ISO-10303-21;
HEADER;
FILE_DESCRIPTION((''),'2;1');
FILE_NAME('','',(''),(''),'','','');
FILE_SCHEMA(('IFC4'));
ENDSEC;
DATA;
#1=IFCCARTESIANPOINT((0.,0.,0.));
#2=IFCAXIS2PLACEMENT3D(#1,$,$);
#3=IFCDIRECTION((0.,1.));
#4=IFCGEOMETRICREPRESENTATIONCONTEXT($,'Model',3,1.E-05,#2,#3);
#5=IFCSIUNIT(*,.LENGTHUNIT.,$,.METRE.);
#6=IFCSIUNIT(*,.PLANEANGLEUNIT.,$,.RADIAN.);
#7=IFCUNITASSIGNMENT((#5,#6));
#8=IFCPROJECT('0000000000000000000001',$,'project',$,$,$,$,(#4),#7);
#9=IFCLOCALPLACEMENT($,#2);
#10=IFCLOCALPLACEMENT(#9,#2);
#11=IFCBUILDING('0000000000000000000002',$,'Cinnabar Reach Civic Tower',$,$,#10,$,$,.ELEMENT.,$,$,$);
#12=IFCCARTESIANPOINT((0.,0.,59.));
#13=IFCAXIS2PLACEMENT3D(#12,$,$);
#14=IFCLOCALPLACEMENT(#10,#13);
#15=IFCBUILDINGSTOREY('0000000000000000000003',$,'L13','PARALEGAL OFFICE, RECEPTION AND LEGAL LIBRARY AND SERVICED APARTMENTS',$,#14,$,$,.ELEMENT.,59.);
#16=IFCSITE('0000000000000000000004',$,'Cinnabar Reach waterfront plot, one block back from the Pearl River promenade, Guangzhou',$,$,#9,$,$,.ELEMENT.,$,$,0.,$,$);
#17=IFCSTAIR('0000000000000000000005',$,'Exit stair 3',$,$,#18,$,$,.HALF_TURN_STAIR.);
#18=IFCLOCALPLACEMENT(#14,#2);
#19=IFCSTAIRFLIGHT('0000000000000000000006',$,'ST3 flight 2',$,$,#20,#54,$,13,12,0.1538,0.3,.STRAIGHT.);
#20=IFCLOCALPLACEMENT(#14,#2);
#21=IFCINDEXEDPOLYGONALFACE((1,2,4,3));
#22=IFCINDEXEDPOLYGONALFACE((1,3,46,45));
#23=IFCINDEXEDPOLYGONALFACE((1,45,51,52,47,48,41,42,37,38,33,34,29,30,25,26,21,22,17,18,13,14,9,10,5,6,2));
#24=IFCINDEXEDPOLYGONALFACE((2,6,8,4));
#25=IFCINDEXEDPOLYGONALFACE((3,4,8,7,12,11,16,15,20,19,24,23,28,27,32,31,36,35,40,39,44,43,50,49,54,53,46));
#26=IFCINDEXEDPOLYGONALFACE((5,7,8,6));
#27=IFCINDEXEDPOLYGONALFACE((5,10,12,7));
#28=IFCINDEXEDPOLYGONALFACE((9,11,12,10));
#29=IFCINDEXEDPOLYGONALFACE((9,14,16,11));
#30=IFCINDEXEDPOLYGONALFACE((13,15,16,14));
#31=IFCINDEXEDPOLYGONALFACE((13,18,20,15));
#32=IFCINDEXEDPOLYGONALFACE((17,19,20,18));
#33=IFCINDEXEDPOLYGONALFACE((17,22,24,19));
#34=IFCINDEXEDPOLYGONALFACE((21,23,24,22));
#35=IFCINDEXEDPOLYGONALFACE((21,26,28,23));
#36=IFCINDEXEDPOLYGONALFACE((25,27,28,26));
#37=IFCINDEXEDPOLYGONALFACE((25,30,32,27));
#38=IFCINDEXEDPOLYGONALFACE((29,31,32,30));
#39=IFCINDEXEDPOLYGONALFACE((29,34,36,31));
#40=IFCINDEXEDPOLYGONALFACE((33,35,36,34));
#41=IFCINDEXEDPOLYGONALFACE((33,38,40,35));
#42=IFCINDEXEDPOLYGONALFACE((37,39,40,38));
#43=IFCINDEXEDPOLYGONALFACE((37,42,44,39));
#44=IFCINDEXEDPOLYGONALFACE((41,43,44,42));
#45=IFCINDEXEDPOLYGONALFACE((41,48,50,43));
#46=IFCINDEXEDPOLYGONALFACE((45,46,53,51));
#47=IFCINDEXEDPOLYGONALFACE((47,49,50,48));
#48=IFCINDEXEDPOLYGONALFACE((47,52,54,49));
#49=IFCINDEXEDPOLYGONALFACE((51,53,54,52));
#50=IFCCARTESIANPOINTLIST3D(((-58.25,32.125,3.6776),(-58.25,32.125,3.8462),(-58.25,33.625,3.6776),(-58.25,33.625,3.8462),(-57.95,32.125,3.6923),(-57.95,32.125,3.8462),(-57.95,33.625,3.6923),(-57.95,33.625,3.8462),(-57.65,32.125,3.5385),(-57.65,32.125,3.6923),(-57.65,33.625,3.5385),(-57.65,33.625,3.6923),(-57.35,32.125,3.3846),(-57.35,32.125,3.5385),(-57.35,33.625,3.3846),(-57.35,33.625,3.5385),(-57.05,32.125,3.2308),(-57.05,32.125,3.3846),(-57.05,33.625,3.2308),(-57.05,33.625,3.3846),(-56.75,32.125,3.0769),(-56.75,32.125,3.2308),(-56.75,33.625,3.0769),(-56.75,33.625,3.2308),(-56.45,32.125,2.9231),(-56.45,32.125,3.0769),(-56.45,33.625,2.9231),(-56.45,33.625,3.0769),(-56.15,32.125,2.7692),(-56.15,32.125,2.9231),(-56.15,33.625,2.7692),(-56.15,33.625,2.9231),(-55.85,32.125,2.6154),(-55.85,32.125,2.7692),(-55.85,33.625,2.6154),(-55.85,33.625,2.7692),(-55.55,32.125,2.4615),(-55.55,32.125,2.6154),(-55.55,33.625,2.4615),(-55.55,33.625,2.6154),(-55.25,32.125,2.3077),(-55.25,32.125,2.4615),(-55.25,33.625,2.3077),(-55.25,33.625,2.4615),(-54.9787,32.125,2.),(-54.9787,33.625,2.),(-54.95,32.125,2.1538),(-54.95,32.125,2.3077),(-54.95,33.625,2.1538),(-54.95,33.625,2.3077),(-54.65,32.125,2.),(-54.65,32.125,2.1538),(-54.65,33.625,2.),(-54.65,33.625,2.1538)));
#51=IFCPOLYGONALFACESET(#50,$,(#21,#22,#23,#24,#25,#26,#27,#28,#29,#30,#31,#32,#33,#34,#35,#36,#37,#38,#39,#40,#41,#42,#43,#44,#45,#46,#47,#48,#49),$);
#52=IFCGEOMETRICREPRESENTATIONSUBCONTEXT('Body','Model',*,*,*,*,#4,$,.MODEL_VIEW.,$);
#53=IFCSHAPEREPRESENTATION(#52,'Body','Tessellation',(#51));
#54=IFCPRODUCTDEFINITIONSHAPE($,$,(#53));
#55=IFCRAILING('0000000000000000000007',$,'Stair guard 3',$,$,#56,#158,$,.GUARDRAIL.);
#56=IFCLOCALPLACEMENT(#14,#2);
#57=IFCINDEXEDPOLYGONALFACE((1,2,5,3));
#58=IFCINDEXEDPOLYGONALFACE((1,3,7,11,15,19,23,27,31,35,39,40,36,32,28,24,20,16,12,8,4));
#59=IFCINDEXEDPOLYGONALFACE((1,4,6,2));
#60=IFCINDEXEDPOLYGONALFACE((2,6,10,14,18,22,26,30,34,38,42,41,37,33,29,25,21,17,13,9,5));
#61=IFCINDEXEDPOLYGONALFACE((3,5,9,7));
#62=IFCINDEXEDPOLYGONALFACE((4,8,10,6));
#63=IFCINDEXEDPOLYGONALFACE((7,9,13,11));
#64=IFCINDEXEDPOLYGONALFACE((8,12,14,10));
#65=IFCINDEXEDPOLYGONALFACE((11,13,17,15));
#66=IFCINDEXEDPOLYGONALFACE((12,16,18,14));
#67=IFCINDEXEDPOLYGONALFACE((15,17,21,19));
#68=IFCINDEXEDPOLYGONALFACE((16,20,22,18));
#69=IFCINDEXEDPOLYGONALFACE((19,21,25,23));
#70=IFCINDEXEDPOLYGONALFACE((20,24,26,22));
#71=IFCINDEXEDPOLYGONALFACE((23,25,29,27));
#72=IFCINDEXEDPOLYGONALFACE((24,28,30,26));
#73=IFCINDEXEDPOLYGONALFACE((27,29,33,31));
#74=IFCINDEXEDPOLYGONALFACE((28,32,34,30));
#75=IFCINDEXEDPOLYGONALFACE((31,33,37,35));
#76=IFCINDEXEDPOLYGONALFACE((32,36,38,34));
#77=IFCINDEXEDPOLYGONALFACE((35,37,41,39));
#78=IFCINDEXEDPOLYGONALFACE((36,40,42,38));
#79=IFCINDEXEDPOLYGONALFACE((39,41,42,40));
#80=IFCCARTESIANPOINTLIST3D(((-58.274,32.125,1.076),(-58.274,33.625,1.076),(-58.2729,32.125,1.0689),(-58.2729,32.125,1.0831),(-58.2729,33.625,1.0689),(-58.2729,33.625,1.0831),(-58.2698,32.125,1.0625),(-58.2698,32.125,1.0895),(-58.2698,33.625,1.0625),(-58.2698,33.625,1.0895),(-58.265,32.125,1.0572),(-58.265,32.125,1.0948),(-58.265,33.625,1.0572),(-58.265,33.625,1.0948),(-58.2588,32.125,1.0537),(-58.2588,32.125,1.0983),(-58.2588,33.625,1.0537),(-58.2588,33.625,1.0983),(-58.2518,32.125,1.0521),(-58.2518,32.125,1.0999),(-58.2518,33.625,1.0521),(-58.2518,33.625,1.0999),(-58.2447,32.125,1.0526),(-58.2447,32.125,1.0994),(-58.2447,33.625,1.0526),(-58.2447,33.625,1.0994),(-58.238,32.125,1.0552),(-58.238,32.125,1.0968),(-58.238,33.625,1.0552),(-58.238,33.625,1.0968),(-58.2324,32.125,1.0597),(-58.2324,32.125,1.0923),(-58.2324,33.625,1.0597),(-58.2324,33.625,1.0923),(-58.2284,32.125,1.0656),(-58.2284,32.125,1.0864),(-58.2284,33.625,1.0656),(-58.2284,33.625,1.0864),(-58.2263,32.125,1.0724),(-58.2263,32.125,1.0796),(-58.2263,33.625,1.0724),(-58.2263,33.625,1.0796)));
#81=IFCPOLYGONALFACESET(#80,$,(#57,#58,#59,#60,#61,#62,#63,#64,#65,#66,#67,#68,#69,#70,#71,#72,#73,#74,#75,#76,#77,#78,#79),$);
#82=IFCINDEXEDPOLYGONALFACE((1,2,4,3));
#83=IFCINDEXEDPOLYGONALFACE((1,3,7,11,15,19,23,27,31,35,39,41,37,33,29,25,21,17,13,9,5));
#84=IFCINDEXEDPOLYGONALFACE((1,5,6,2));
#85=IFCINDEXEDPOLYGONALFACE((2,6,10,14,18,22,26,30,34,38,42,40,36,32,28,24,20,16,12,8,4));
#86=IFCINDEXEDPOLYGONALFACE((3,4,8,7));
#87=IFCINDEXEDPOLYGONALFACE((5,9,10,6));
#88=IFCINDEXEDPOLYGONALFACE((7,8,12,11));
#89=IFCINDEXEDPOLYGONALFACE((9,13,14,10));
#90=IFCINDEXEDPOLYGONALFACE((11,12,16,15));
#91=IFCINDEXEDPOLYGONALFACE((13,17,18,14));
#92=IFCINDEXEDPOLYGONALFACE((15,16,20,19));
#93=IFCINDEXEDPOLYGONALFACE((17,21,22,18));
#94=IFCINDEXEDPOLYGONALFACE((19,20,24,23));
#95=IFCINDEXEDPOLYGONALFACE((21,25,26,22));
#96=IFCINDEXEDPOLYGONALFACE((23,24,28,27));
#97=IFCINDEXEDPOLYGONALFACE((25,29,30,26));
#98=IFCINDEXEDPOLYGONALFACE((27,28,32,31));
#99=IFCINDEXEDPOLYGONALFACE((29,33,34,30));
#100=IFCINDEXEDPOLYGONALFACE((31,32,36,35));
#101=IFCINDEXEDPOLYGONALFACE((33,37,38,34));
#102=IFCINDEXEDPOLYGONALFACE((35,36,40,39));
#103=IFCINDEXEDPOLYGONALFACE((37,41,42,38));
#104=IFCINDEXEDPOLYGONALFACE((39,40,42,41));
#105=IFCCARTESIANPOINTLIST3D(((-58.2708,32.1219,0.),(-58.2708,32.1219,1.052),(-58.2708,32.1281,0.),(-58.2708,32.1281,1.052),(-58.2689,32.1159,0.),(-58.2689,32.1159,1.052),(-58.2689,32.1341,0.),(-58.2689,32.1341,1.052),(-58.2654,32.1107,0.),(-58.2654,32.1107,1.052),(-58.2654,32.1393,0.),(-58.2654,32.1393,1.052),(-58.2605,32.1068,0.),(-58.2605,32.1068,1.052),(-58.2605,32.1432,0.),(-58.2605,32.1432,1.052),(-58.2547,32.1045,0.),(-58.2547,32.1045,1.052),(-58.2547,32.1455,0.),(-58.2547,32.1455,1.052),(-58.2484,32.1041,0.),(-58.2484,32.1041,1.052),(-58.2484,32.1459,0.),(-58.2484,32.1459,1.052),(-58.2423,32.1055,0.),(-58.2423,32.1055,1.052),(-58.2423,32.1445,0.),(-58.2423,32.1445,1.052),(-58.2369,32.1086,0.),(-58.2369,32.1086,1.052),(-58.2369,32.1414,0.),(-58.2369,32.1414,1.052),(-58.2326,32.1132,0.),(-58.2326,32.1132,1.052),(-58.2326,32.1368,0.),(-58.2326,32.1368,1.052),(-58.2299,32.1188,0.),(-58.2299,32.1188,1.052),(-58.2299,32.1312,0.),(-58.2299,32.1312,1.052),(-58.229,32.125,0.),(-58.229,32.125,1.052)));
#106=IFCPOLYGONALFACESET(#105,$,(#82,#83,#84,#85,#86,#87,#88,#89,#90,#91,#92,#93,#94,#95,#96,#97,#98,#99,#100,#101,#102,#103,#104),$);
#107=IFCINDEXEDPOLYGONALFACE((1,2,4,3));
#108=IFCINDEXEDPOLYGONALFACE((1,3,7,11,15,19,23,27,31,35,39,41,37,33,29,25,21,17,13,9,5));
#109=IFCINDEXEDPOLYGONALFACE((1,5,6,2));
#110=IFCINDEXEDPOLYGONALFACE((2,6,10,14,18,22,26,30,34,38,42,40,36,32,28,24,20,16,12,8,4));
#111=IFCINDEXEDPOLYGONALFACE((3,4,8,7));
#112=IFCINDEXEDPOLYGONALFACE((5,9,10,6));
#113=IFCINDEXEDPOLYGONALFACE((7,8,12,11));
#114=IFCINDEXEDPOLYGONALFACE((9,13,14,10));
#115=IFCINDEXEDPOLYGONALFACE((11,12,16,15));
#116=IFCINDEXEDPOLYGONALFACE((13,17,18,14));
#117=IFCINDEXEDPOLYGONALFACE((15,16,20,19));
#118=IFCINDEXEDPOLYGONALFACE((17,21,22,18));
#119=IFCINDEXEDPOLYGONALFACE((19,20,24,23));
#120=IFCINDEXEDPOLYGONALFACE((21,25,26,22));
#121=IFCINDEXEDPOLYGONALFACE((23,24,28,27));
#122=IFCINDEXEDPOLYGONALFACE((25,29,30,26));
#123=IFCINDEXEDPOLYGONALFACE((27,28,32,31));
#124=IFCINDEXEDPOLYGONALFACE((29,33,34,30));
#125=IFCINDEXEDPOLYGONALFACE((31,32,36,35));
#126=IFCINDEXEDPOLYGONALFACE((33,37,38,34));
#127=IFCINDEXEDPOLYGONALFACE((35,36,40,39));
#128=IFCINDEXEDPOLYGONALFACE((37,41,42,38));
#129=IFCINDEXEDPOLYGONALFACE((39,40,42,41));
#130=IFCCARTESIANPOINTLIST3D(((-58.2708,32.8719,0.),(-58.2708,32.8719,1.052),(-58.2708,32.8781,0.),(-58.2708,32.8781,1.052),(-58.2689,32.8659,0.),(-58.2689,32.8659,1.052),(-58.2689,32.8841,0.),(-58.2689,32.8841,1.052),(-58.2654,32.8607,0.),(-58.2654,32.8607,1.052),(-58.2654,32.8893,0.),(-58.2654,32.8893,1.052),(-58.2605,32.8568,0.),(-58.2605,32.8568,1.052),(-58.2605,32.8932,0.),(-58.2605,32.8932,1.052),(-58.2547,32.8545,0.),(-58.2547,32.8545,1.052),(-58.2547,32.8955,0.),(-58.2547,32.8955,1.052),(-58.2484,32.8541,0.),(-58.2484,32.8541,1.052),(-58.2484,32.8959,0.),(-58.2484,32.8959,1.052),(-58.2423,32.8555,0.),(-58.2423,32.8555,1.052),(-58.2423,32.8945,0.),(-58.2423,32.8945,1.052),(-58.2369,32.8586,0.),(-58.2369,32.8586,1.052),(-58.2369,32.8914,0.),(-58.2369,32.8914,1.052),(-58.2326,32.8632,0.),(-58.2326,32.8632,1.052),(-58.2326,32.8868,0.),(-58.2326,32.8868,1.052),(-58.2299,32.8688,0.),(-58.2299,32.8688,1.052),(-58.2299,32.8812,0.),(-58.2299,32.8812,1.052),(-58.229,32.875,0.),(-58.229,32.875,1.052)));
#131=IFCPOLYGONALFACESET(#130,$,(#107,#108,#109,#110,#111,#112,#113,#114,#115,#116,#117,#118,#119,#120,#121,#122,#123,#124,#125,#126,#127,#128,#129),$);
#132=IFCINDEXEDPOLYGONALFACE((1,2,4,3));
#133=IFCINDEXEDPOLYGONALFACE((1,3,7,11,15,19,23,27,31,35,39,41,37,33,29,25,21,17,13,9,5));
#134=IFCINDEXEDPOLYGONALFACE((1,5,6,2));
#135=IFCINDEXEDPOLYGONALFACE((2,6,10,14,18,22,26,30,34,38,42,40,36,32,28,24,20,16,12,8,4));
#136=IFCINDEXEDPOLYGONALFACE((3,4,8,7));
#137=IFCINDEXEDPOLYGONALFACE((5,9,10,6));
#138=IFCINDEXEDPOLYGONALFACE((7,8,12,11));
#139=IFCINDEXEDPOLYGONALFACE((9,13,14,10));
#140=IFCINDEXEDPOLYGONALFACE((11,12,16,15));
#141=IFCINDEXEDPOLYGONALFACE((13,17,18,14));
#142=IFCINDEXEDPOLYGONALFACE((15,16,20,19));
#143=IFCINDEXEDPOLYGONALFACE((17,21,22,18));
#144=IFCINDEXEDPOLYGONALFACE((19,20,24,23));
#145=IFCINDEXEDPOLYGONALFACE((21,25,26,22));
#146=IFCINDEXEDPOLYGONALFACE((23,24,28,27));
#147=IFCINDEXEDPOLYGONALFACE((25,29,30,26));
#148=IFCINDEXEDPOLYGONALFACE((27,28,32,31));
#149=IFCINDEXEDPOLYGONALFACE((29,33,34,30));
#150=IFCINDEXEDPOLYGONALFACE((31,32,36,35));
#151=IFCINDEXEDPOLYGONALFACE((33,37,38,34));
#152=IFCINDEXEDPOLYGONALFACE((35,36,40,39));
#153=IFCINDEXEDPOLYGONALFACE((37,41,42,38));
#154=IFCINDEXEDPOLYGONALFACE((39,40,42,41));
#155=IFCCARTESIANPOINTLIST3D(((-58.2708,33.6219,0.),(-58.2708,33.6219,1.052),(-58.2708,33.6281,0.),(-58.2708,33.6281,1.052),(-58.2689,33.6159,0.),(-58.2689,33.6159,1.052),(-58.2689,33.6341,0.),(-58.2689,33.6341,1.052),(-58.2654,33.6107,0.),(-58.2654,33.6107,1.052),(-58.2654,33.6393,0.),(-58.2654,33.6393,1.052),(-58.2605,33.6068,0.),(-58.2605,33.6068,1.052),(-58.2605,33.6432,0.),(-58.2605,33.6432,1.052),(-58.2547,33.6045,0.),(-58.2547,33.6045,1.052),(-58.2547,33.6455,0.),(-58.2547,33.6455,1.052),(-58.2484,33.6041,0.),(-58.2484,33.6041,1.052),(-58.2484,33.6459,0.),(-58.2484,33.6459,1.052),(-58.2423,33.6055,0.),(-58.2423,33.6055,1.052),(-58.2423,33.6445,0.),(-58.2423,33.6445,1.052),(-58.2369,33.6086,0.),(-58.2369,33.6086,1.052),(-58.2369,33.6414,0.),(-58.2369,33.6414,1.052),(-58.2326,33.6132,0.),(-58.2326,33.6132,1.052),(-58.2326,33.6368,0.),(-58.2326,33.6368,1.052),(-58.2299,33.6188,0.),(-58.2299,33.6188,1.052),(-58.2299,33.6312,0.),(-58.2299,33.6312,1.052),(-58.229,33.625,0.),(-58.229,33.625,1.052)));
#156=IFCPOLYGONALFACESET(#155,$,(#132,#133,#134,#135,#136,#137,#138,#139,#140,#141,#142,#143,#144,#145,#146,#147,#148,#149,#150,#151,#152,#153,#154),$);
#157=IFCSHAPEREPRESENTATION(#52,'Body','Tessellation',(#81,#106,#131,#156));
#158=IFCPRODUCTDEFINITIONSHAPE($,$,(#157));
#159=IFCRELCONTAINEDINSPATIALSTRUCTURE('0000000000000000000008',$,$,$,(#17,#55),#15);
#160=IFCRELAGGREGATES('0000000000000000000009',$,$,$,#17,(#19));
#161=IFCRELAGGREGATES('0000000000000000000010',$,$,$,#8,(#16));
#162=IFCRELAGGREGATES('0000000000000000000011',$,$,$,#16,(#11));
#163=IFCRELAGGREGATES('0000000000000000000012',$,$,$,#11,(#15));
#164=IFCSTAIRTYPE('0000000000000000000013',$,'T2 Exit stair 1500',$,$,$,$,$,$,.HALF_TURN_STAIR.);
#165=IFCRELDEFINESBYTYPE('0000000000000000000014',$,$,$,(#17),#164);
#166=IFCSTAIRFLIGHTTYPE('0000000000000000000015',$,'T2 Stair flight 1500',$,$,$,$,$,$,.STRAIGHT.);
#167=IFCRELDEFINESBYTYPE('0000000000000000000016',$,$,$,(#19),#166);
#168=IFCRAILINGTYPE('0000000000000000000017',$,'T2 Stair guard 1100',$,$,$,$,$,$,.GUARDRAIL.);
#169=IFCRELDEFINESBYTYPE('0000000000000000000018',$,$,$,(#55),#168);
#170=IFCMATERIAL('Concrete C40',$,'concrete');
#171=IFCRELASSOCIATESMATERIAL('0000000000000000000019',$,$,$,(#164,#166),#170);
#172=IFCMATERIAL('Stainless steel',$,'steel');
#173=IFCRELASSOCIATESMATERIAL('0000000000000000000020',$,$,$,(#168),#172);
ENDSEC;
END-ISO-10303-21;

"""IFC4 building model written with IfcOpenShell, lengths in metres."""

from ifc_helpers import new_model, si_unit, direction, frame, origin, origin_2d, place, context, subcontext, project, spatial, polyline, circle, outline, extrude, material, type_object, element, aggregate, save


model = new_model("IFC4")

# Units and contexts
model_context = context("Model", 3, precision=1e-05, world=origin(), true_north=direction((0.0, 1.0)))
body_context = subcontext(model_context, "Body", "Model", "MODEL_VIEW")
ifc_project = project(units=[si_unit("LENGTHUNIT", "METRE"), si_unit("PLANEANGLEUNIT", "RADIAN")], contexts=[model_context])

# Site, building, storey
site_placement = place(None, origin())
site = spatial("IfcSite", under=ifc_project, at=site_placement, Name="Cinnabar Reach waterfront plot, one block back from the Pearl River promenade, Guangzhou", CompositionType="ELEMENT", RefElevation=0.0)
building_placement = place(site_placement, origin())
building = spatial("IfcBuilding", under=site, at=building_placement, Name="Cinnabar Reach Civic Tower", CompositionType="ELEMENT")
storey_placement = place(building_placement, frame((0.0, 0.0, 59.0)))
storey = spatial("IfcBuildingStorey", under=building, at=storey_placement, Name="L13", Description="PARALEGAL OFFICE, RECEPTION AND LEGAL LIBRARY AND SERVICED APARTMENTS", CompositionType="ELEMENT", Elevation=59.0)

# Stair, stair flight
ifc_material_1 = material(Name="Concrete C40", Category="concrete")
stair_type = type_object("IfcStairType", Name="T2 Exit stair 1500", PredefinedType="HALF_TURN_STAIR", material=ifc_material_1)
stair_placement = place(storey_placement, origin())
stair = element("IfcStair", 1, at=stair_placement, inside=storey, type_object=stair_type, Name="Exit stair 3", PredefinedType="HALF_TURN_STAIR")
stair_flight_type = type_object("IfcStairFlightType", Name="T2 Stair flight 1500", PredefinedType="STRAIGHT", material=ifc_material_1)
stair_flight_placement = place(storey_placement, frame((-54.65, 32.875, 2.0), z_axis=(0.0, 0.0, 1.0), x_axis=(-1.0, 0.0, 0.0)))
stair_flight = element("IfcStairFlight", 2, at=stair_flight_placement, type_object=stair_flight_type, Name="ST3 flight 2", NumberOfRisers=13, NumberOfTreads=12, PredefinedType="STRAIGHT", RiserHeight=0.1538, TreadLength=0.3, context=body_context, shape_type="SweptSolid", body=[
    extrude(outline(polyline([(0.0, 0.0), (0.0, 0.1538), (0.3, 0.1538), (0.3, 0.3077), (0.6, 0.3077), (0.6, 0.4615), (0.9, 0.4615), (0.9, 0.6154), (1.2, 0.6154), (1.2, 0.7692), (1.5, 0.7692), (1.5, 0.9231), (1.8, 0.9231), (1.8, 1.0769), (2.1, 1.0769), (2.1, 1.2308), (2.4, 1.2308), (2.4, 1.3846), (2.7, 1.3846), (2.7, 1.5385), (3.0, 1.5385), (3.0, 1.6923), (3.3, 1.6923), (3.3, 1.8462), (3.6, 1.8462), (3.6, 2.0), (3.6, 1.6776), (0.3287, 0.0), (0.0, 0.0)])), frame((0.0, 0.75, 0.0), z_axis=(0.0, -1.0, 0.0), x_axis=(1.0, 0.0, 0.0)), (0.0, 0.0, 1.0), 1.5),
])
aggregate(stair, [stair_flight])

# Railing
ifc_material_2 = material(Name="Stainless steel", Category="steel")
railing_type = type_object("IfcRailingType", Name="T2 Stair guard 1100", PredefinedType="GUARDRAIL", material=ifc_material_2)
railing_1_placement = place(storey_placement, frame((-58.25, 32.125, 0.0)))
element("IfcRailing", 3, at=railing_1_placement, inside=storey, type_object=railing_type, Name="Stair guard 3", PredefinedType="GUARDRAIL", context=body_context, shape_type="SweptSolid", body=[
    extrude(circle(Radius=0.024, at=origin_2d()), frame((0.0, 0.0, 1.076), z_axis=(0.0, 1.0, 0.0), x_axis=(-1.0, 0.0, 0.0)), (0.0, 0.0, 1.0), 1.5),
    extrude(circle(Radius=0.021, at=origin_2d()), origin(), (0.0, 0.0, 1.0), 1.052),
    extrude(circle(Radius=0.021, at=origin_2d()), frame((0.0, 0.75, 0.0)), (0.0, 0.0, 1.0), 1.052),
    extrude(circle(Radius=0.021, at=origin_2d()), frame((0.0, 1.5, 0.0)), (0.0, 0.0, 1.0), 1.052),
])

save(model, "model.ifc")
